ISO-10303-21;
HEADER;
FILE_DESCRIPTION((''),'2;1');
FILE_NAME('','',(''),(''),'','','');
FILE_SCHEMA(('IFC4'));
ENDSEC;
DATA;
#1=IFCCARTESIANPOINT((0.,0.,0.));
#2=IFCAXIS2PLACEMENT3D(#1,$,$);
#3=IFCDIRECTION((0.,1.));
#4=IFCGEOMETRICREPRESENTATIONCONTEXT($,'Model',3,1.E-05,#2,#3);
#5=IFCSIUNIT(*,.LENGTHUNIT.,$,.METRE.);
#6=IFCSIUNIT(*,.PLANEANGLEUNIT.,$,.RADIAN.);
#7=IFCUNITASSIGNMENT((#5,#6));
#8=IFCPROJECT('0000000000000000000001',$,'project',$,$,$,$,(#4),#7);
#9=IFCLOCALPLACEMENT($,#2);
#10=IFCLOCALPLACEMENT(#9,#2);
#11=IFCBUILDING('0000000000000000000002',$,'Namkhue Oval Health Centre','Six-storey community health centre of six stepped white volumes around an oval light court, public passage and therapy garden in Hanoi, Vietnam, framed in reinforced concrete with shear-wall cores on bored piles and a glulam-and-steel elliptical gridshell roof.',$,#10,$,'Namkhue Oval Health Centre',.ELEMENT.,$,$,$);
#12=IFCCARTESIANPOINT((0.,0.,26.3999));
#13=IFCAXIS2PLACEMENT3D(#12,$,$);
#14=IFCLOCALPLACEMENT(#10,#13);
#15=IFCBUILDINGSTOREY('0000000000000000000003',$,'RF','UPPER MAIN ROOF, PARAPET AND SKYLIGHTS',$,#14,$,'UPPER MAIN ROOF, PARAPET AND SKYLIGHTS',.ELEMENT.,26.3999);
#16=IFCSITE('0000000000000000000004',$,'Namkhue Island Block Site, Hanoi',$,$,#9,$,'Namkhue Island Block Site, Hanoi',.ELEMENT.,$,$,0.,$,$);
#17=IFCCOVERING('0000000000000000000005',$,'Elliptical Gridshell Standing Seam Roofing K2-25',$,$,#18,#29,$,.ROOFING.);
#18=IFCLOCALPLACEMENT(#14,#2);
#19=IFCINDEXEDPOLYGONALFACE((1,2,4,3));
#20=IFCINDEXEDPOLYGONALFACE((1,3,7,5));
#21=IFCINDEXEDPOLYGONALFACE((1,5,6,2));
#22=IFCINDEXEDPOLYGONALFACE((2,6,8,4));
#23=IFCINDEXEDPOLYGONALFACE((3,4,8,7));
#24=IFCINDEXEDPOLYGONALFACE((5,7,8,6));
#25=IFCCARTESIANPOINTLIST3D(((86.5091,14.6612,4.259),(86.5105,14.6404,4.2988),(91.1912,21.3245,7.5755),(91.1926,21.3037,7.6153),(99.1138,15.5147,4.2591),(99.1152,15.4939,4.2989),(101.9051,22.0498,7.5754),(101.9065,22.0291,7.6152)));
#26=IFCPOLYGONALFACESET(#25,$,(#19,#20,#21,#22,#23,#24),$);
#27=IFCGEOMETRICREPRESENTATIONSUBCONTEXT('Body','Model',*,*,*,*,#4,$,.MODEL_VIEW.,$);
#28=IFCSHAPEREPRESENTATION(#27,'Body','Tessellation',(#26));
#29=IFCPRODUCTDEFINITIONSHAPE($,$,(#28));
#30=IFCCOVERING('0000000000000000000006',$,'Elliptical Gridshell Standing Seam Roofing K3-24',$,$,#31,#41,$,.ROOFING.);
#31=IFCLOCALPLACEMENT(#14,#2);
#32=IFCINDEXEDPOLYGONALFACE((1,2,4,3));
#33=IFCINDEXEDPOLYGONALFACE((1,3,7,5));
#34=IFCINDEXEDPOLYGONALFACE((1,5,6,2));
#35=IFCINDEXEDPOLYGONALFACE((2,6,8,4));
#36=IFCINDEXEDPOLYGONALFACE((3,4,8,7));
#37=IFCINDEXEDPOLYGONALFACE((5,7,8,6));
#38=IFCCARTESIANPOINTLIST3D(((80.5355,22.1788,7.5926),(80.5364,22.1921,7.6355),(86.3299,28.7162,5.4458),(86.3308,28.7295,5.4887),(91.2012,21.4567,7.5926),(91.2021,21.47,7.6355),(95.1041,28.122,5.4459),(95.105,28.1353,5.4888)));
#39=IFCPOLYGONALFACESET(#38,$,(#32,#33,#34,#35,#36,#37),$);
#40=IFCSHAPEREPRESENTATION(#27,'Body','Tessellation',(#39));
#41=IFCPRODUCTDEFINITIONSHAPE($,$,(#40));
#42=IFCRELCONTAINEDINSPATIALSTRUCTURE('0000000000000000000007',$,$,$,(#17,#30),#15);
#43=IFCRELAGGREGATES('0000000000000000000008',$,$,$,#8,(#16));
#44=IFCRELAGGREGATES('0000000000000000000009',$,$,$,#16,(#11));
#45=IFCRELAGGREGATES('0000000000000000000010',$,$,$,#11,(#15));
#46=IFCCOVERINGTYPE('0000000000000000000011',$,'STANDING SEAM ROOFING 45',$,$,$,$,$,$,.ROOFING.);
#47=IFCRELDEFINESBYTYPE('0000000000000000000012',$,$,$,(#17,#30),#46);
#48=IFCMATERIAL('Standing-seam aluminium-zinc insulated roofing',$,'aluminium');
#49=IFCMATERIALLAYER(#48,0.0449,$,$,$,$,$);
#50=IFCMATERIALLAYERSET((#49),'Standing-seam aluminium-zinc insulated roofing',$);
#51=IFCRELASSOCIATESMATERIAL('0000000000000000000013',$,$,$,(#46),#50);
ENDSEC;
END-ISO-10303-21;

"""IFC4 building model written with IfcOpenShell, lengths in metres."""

from ifc_helpers import new_model, si_unit, direction, frame, origin, place, context, subcontext, project, spatial, polyline, outline, extrude, material, layer, layer_set, type_object, element, save


model = new_model("IFC4")

# Units and contexts
model_context = context("Model", 3, precision=1e-05, world=origin(), true_north=direction((0.0, 1.0)))
body_context = subcontext(model_context, "Body", "Model", "MODEL_VIEW")
ifc_project = project(units=[si_unit("LENGTHUNIT", "METRE"), si_unit("PLANEANGLEUNIT", "RADIAN")], contexts=[model_context])

# Site, building, storey
site_placement = place(None, origin())
site = spatial("IfcSite", under=ifc_project, at=site_placement, Name="Namkhue Island Block Site, Hanoi", LongName="Namkhue Island Block Site, Hanoi", CompositionType="ELEMENT", RefElevation=0.0)
building_placement = place(site_placement, origin())
building = spatial("IfcBuilding", under=site, at=building_placement, Name="Namkhue Oval Health Centre", Description="Six-storey community health centre of six stepped white volumes around an oval light court, public passage and therapy garden in Hanoi, Vietnam, framed in reinforced concrete with shear-wall cores on bored piles and a glulam-and-steel elliptical gridshell roof.", LongName="Namkhue Oval Health Centre", CompositionType="ELEMENT")
storey_placement = place(building_placement, frame((0.0, 0.0, 26.3999)))
storey = spatial("IfcBuildingStorey", under=building, at=storey_placement, Name="RF", Description="UPPER MAIN ROOF, PARAPET AND SKYLIGHTS", LongName="UPPER MAIN ROOF, PARAPET AND SKYLIGHTS", CompositionType="ELEMENT", Elevation=26.3999)

# Coverings
ifc_material_1 = material(Name="Standing-seam aluminium-zinc insulated roofing", Category="aluminium")
ifc_layer_1 = layer(ifc_material_1, 0.0449)
ifc_layer_set_1 = layer_set([ifc_layer_1], Name="Standing-seam aluminium-zinc insulated roofing")
covering_type_1 = type_object("IfcCoveringType", Name="STANDING SEAM ROOFING 45", PredefinedType="ROOFING", material=ifc_layer_set_1)
covering_1_placement = place(storey_placement, frame((86.5105, 14.6404, 4.2988), z_axis=(0.031344, -0.462923, 0.885844), x_axis=(0.997715, 0.067558, 0.000002)))
element("IfcCovering", 1, at=covering_1_placement, inside=storey, type_object=covering_type_1, Name="Elliptical Gridshell Standing Seam Roofing K2-25", PredefinedType="ROOFING", context=body_context, shape_type="SweptSolid", body=[
    extrude(outline(polyline([(0.0, 0.0), (12.6336, 0.0), (15.86, 7.1476), (5.1216, 7.1477), (0.0, 0.0)])), origin(), (0.0, 0.0, -1.0), 0.0449),
])
covering_2_placement = place(storey_placement, frame((80.5364, 22.1921, 7.6355), z_axis=(0.020034, 0.295855, 0.955023), x_axis=(0.997716, -0.067555, -0.000002)))
element("IfcCovering", 2, at=covering_2_placement, inside=storey, type_object=covering_type_1, Name="Elliptical Gridshell Standing Seam Roofing K3-24", PredefinedType="ROOFING", context=body_context, shape_type="SweptSolid", body=[
    extrude(outline(polyline([(0.0, 0.0), (10.6902, 0.0), (14.1338, 7.2393), (5.3396, 7.2395), (0.0, 0.0)])), origin(), (0.0, 0.0, -1.0), 0.0449),
])

save(model, "model.ifc")
